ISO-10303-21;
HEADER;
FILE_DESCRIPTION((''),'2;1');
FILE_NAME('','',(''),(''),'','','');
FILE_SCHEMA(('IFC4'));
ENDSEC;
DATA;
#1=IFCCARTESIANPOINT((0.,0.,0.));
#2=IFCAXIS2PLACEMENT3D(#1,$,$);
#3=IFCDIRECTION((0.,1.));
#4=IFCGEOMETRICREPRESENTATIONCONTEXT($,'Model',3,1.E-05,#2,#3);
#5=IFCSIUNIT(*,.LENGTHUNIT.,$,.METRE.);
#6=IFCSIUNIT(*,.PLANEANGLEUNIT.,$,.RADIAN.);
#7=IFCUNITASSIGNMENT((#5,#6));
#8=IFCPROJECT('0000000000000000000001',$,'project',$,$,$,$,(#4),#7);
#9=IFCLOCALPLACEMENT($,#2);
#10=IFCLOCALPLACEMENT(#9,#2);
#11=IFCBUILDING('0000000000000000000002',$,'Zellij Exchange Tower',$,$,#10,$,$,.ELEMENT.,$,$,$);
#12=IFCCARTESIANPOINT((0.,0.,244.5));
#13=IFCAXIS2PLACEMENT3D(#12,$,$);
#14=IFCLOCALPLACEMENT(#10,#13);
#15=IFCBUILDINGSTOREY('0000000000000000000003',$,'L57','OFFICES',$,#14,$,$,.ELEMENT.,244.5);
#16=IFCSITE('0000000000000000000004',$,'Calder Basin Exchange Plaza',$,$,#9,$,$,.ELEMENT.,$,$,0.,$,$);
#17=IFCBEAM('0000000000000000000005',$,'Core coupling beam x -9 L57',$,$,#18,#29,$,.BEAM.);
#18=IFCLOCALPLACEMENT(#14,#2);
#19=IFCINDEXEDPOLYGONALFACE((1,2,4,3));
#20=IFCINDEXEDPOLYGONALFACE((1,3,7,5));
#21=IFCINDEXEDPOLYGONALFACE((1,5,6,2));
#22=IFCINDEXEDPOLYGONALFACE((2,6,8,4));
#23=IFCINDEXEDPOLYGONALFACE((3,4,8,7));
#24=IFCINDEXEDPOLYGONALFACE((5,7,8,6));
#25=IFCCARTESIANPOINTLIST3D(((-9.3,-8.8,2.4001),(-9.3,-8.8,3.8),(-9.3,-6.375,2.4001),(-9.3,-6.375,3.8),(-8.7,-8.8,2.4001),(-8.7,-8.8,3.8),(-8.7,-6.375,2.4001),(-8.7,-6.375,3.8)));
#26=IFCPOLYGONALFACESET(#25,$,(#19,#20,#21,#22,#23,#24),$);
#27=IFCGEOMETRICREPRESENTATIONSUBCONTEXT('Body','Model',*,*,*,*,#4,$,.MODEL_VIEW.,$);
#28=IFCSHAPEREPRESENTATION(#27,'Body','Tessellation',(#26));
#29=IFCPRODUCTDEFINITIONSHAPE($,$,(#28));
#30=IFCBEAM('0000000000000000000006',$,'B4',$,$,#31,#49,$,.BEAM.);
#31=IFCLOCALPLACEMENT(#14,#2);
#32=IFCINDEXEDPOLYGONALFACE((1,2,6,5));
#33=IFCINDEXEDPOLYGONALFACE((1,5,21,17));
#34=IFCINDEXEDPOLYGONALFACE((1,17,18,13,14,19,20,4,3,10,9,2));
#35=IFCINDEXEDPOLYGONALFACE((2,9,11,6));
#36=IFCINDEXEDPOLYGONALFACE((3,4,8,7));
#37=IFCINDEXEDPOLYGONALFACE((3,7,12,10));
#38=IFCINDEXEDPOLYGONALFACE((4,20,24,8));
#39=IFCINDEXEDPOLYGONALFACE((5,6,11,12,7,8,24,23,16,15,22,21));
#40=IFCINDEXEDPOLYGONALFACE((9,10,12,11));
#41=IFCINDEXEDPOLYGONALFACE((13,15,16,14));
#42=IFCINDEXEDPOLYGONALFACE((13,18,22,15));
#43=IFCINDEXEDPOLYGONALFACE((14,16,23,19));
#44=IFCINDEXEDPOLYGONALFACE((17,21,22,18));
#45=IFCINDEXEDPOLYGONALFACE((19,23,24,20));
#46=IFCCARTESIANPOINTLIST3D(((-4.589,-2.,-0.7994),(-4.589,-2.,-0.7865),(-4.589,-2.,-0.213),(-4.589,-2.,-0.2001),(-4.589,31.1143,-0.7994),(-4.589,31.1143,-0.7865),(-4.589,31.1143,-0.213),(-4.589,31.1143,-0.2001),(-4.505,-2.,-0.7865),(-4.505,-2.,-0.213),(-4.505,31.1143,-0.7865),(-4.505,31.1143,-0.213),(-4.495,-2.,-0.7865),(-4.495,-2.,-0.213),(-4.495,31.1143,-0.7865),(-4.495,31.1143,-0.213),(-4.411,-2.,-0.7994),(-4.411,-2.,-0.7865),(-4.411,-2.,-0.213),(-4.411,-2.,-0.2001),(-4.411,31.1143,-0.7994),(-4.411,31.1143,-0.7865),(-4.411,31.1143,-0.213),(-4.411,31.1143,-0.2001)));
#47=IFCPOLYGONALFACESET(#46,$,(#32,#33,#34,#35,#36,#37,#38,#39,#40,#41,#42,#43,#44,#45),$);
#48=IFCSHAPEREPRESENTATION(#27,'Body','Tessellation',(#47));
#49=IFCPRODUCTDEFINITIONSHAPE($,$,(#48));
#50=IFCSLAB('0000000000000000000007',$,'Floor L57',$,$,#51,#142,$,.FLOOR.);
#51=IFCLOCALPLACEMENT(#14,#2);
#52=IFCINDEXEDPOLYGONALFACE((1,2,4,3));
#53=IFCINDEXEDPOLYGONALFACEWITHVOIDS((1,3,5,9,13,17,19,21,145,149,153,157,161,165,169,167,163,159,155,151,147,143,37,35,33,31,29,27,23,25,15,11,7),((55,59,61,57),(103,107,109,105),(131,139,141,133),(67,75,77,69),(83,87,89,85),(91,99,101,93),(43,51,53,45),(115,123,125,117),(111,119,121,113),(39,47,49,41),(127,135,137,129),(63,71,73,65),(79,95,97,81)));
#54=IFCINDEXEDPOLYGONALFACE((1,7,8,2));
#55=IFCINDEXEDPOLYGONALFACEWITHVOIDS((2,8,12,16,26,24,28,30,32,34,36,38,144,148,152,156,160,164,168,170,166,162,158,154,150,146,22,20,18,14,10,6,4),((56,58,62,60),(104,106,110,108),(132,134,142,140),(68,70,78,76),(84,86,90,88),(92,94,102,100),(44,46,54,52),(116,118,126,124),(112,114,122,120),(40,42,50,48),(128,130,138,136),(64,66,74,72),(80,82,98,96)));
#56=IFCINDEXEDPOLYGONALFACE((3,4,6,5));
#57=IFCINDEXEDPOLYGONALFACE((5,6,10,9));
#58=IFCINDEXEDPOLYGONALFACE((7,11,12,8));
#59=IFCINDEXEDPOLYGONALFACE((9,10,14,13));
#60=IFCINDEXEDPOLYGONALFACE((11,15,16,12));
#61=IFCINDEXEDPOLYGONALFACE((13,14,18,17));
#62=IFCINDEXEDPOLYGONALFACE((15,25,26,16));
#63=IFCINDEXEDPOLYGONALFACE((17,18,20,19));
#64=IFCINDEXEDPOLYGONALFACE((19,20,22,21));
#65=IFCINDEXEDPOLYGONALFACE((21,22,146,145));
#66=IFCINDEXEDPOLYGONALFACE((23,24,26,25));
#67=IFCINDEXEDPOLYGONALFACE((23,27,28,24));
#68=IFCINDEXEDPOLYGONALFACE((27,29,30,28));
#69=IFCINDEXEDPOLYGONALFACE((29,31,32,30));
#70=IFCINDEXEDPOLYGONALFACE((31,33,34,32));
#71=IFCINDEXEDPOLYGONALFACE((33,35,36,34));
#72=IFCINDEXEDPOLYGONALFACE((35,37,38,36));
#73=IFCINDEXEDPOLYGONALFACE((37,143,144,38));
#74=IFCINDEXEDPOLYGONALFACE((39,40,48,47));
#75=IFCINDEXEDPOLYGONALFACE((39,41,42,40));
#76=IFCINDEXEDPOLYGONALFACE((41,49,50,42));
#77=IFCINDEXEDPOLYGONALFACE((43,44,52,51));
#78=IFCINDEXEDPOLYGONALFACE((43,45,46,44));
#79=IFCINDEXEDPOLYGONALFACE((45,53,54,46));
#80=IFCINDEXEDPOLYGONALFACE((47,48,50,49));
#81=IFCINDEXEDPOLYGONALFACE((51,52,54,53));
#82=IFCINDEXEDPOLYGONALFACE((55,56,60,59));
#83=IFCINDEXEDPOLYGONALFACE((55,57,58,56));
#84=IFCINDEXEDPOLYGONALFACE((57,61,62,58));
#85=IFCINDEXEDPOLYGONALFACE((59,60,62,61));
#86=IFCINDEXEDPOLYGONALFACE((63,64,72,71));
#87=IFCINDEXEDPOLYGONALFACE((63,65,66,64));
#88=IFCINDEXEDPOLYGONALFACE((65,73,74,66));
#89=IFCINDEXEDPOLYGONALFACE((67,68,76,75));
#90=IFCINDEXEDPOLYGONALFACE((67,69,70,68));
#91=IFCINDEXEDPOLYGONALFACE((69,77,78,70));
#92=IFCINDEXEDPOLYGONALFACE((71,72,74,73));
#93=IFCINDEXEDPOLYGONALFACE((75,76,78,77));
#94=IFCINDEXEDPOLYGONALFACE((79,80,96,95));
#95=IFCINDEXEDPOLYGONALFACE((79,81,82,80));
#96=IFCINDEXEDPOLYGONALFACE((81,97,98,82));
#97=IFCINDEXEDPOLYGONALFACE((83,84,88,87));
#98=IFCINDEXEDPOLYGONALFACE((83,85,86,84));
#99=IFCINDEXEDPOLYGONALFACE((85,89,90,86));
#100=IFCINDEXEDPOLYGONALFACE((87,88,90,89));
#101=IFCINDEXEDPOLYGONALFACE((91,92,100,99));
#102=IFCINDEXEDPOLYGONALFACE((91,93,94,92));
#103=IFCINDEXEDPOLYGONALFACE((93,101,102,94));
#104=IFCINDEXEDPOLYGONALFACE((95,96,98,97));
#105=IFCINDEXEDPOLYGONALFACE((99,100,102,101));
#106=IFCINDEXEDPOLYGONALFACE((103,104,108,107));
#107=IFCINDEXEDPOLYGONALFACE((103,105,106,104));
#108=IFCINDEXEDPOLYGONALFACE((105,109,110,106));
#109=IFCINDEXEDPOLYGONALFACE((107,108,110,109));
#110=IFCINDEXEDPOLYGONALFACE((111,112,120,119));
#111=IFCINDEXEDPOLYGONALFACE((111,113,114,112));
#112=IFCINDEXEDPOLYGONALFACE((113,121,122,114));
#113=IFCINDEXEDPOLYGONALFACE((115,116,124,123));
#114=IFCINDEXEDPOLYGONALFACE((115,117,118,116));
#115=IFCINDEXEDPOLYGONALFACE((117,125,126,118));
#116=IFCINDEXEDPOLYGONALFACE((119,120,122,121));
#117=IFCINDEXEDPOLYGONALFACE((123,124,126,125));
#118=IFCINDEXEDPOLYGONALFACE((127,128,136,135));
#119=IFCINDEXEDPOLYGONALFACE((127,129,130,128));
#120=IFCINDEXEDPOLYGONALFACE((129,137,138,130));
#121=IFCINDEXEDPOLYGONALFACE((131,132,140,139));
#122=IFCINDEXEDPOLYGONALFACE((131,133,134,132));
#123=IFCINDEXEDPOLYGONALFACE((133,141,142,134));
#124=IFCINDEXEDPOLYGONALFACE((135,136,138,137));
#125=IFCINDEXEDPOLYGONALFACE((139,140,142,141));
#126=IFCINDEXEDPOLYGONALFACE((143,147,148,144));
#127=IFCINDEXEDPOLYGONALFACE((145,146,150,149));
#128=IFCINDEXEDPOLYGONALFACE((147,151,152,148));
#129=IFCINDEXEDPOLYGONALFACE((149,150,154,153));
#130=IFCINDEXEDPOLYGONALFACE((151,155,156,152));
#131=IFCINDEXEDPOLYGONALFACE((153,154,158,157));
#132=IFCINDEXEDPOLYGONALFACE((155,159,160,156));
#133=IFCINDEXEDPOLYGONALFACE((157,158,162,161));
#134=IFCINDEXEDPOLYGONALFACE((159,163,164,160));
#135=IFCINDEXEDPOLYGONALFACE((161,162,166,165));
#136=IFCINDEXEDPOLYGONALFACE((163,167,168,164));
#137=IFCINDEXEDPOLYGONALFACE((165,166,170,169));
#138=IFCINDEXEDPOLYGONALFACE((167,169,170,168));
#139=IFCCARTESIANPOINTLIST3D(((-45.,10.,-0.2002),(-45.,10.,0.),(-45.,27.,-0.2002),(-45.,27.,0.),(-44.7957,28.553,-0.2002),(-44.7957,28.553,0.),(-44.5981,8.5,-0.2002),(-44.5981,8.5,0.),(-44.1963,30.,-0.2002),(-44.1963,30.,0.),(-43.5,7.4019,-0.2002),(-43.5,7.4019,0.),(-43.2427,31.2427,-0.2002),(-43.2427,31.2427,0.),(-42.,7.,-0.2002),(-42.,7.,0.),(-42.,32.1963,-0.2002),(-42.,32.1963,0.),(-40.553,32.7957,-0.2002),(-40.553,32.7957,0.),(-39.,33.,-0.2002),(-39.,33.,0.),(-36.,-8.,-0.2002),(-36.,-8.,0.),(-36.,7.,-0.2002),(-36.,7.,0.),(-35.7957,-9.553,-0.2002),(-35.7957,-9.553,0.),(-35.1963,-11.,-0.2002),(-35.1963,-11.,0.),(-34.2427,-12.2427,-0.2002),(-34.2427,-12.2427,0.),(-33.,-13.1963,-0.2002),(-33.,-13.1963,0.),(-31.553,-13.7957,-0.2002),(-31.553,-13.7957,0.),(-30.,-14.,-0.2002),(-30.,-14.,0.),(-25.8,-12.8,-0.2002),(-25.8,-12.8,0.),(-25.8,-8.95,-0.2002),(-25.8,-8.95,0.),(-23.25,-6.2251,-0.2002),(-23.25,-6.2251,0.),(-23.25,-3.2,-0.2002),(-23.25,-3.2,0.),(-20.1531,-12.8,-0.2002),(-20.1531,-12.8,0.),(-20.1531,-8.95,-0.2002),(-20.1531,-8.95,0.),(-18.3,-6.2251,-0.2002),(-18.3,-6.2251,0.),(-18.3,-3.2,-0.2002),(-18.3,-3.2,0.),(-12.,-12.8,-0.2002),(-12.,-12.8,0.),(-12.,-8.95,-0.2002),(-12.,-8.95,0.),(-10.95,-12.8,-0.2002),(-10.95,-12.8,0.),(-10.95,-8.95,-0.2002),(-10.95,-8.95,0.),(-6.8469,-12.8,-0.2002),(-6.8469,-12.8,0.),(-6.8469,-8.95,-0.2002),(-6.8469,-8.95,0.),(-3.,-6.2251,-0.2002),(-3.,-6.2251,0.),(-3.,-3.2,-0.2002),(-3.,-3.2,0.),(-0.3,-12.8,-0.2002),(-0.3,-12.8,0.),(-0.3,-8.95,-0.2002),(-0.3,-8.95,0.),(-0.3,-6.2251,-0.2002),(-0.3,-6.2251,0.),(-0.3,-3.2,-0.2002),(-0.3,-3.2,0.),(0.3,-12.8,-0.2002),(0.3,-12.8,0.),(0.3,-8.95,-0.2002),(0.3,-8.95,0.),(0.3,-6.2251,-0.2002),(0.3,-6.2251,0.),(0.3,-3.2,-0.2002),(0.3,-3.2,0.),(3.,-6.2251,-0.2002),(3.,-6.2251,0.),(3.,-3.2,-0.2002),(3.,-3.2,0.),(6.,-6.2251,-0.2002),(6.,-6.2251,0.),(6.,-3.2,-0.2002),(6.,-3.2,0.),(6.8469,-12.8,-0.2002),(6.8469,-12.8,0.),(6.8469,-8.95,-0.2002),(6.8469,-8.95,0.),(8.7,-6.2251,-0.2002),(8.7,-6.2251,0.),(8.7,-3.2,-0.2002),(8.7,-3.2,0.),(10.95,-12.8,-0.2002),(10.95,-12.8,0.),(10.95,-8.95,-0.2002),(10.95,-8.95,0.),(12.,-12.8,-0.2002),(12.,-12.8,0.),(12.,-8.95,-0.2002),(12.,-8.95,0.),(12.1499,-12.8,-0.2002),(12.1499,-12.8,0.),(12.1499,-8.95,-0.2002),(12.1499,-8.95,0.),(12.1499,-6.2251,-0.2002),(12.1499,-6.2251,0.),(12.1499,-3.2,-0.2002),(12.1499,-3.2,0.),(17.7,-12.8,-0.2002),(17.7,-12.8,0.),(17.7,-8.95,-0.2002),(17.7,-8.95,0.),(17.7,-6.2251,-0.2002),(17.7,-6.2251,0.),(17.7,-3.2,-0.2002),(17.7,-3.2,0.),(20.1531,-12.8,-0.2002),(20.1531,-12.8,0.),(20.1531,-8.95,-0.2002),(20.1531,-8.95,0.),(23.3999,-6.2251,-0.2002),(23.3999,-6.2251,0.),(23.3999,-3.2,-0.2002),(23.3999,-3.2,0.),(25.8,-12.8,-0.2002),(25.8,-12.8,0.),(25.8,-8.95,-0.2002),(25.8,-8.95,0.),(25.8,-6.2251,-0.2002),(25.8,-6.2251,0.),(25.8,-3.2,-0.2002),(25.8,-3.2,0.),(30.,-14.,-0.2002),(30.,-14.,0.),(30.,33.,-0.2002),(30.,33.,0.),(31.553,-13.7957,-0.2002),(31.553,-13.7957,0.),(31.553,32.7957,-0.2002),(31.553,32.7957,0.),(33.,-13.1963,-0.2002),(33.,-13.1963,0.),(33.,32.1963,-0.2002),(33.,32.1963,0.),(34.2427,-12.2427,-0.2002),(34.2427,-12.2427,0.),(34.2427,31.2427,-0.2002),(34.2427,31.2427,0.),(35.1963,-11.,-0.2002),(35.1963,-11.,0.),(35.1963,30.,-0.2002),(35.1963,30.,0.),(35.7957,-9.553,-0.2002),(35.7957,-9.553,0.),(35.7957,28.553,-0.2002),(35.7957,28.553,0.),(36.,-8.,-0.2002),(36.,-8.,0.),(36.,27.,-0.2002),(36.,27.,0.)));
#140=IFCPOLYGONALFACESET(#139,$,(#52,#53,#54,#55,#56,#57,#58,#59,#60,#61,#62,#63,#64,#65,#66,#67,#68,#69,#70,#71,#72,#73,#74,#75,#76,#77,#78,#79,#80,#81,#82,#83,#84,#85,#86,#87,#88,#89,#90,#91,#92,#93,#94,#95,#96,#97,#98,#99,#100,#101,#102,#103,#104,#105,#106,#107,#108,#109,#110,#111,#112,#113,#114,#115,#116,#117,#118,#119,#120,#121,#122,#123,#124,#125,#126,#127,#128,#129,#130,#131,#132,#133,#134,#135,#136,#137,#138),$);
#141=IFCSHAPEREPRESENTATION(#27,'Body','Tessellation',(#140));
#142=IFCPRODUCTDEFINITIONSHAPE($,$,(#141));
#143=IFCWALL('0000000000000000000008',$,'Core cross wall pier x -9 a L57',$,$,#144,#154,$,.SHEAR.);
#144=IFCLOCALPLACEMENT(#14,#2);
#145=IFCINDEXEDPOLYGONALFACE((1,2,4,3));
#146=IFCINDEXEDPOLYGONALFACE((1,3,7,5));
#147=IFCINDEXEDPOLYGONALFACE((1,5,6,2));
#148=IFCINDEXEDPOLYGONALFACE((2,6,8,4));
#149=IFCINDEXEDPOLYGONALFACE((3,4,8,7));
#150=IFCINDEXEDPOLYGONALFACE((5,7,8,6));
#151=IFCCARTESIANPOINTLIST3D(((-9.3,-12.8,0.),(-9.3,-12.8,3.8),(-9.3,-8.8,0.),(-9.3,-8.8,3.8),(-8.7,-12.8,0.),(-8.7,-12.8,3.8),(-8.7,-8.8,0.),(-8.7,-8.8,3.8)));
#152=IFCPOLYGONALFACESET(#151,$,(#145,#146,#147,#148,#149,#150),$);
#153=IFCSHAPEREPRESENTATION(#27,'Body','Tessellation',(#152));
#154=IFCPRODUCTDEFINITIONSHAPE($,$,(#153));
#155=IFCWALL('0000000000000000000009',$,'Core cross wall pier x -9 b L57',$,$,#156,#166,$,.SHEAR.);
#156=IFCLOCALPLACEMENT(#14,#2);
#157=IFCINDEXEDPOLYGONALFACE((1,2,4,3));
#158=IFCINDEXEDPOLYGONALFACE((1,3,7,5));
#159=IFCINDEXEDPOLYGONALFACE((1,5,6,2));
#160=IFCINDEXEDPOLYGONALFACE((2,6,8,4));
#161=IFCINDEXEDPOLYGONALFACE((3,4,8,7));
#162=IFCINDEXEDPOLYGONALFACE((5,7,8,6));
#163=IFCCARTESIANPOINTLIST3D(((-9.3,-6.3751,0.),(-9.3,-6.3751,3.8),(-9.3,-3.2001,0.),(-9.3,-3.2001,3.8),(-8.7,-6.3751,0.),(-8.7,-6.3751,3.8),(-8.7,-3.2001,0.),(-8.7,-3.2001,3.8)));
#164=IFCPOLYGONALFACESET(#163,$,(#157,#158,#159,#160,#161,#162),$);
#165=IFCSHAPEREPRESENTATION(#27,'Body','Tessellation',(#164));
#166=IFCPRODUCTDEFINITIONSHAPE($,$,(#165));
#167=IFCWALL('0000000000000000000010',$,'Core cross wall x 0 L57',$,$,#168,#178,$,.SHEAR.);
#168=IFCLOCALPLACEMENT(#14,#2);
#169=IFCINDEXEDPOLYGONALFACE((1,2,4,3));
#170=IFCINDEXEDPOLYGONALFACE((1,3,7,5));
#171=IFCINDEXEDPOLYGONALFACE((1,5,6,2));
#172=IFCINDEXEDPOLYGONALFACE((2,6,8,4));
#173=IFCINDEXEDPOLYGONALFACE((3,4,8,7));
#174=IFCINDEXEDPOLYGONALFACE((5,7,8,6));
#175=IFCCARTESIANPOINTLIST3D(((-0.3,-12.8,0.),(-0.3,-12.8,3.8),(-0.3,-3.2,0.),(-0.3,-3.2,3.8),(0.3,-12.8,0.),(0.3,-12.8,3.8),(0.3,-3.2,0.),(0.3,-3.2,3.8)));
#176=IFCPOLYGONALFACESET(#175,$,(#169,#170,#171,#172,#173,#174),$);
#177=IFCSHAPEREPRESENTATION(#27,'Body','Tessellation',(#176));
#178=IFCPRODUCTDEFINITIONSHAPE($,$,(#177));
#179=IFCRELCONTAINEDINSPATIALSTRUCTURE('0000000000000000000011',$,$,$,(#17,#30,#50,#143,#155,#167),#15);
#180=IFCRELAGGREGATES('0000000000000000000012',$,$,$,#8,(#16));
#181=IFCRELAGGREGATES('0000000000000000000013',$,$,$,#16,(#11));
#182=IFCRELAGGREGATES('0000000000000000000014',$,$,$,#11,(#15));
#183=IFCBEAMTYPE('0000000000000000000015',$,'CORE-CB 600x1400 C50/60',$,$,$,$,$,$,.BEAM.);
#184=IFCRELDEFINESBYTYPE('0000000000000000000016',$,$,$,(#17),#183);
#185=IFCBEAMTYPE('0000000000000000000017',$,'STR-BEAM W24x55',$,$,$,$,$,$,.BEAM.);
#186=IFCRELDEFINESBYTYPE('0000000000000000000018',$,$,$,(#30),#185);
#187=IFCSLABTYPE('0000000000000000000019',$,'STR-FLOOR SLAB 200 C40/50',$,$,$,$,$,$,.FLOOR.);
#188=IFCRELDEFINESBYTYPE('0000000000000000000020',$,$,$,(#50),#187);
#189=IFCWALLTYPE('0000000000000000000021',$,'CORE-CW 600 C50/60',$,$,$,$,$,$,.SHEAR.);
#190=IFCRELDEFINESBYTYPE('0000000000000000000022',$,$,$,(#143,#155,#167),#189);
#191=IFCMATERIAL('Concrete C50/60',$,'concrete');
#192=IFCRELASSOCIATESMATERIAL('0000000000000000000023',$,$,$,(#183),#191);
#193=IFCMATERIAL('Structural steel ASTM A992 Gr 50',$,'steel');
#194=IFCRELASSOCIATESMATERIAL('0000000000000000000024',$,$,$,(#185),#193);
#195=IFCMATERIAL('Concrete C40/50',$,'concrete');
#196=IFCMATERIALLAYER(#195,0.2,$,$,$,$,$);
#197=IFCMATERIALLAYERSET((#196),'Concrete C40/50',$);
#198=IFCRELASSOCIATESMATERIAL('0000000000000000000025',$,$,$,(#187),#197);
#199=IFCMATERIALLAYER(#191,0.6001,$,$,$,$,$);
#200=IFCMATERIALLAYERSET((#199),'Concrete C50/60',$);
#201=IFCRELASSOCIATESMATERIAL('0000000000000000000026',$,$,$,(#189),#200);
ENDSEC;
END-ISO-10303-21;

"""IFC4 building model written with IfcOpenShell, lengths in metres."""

from ifc_helpers import new_model, si_unit, direction, frame, frame_2d, origin, origin_2d, place, context, subcontext, project, spatial, polyline, rectangle, i_section, outline, extrude, material, layer, layer_set, material_profile, profile_set, type_object, element, save


model = new_model("IFC4")

# Units and contexts
model_context = context("Model", 3, precision=1e-05, world=origin(), true_north=direction((0.0, 1.0)))
body_context = subcontext(model_context, "Body", "Model", "MODEL_VIEW")
ifc_project = project(units=[si_unit("LENGTHUNIT", "METRE"), si_unit("PLANEANGLEUNIT", "RADIAN")], contexts=[model_context])

# Site, building, storey
site_placement = place(None, origin())
site = spatial("IfcSite", under=ifc_project, at=site_placement, Name="Calder Basin Exchange Plaza", CompositionType="ELEMENT", RefElevation=0.0)
building_placement = place(site_placement, origin())
building = spatial("IfcBuilding", under=site, at=building_placement, Name="Zellij Exchange Tower", CompositionType="ELEMENT")
storey_placement = place(building_placement, frame((0.0, 0.0, 244.5)))
storey = spatial("IfcBuildingStorey", under=building, at=storey_placement, Name="L57", Description="OFFICES", CompositionType="ELEMENT", Elevation=244.5)

# Beams
ifc_material_1 = material(Name="Concrete C50/60", Category="concrete")
ifc_material_profile_1 = material_profile(ifc_material_1, rectangle(XDim=0.6001, YDim=1.3999, at=origin_2d()), Name="CORE-CB 600x1400 C50/60")
ifc_profile_set_1 = profile_set([ifc_material_profile_1], Name="Concrete C50/60")
beam_type_1 = type_object("IfcBeamType", Name="CORE-CB 600x1400 C50/60", PredefinedType="BEAM", material=ifc_profile_set_1)
beam_1_placement = place(storey_placement, frame((-9.0, -8.8, 3.1001), z_axis=(0.0, 1.0, 0.0), x_axis=(-1.0, 0.0, 0.0)))
element("IfcBeam", 1, at=beam_1_placement, inside=storey, type_object=beam_type_1, Name="Core coupling beam x -9 L57", PredefinedType="BEAM", context=body_context, shape_type="SweptSolid", body=[
    extrude(rectangle(XDim=0.6001, YDim=1.3999, at=origin_2d()), origin(), (0.0, 0.0, 1.0), 2.425),
])
ifc_material_2 = material(Name="Structural steel ASTM A992 Gr 50", Category="steel")
ifc_material_profile_2 = material_profile(ifc_material_2, i_section(OverallWidth=0.178, OverallDepth=0.5994, WebThickness=0.01, FlangeThickness=0.0129, at=origin_2d()), Name="W24x55")
ifc_profile_set_2 = profile_set([ifc_material_profile_2], Name="Structural steel ASTM A992 Gr 50")
beam_type_2 = type_object("IfcBeamType", Name="STR-BEAM W24x55", PredefinedType="BEAM", material=ifc_profile_set_2)
beam_2_placement = place(storey_placement, frame((-4.5, -2.0, -0.4998), z_axis=(0.0, 1.0, 0.0), x_axis=(-1.0, 0.0, 0.0)))
element("IfcBeam", 2, at=beam_2_placement, inside=storey, type_object=beam_type_2, Name="B4", PredefinedType="BEAM", context=body_context, shape_type="SweptSolid", body=[
    extrude(i_section(OverallWidth=0.178, OverallDepth=0.5994, WebThickness=0.01, FlangeThickness=0.0129, at=origin_2d()), origin(), (0.0, 0.0, 1.0), 33.1143),
])

# Slab
ifc_material_3 = material(Name="Concrete C40/50", Category="concrete")
ifc_layer_1 = layer(ifc_material_3, 0.2)
ifc_layer_set_1 = layer_set([ifc_layer_1], Name="Concrete C40/50")
slab_type = type_object("IfcSlabType", Name="STR-FLOOR SLAB 200 C40/50", PredefinedType="FLOOR", material=ifc_layer_set_1)
slab_placement = place(storey_placement, frame((0.0, 0.0, -0.2002)))
element("IfcSlab", 3, at=slab_placement, inside=storey, type_object=slab_type, Name="Floor L57", PredefinedType="FLOOR", context=body_context, shape_type="SweptSolid", body=[
    extrude(outline(polyline([(31.553, 32.7957), (33.0, 32.1963), (34.2427, 31.2427), (35.1963, 30.0), (35.7957, 28.553), (36.0, 27.0), (36.0, -8.0), (35.7957, -9.553), (35.1963, -11.0), (34.2427, -12.2427), (33.0, -13.1963), (31.553, -13.7957), (30.0, -14.0), (-30.0, -14.0), (-31.553, -13.7957), (-33.0, -13.1963), (-34.2427, -12.2427), (-35.1963, -11.0), (-35.7957, -9.553), (-36.0, -8.0), (-36.0, 7.0), (-42.0, 7.0), (-43.5, 7.4019), (-44.5981, 8.5), (-45.0, 10.0), (-45.0, 27.0), (-44.7957, 28.553), (-44.1963, 30.0), (-43.2427, 31.2427), (-42.0, 32.1963), (-40.553, 32.7957), (-39.0, 33.0), (30.0, 33.0), (31.553, 32.7957)]), holes=[polyline([(-25.8, -8.95), (-25.8, -12.8), (-20.1531, -12.8), (-20.1531, -8.95), (-25.8, -8.95)]), polyline([(-10.95, -8.95), (-12.0, -8.95), (-12.0, -12.8), (-10.95, -12.8), (-10.95, -8.95)]), polyline([(-0.3, -8.95), (-6.8469, -8.95), (-6.8469, -12.8), (-0.3, -12.8), (-0.3, -8.95)]), polyline([(0.3, -8.95), (0.3, -12.8), (6.8469, -12.8), (6.8469, -8.95), (0.3, -8.95)]), polyline([(-18.3, -3.2), (-23.25, -3.2), (-23.25, -6.2251), (-18.3, -6.2251), (-18.3, -3.2)]), polyline([(-0.3, -3.2), (-3.0, -3.2), (-3.0, -6.2251), (-0.3, -6.2251), (-0.3, -3.2)]), polyline([(0.3, -3.2), (0.3, -6.2251), (3.0, -6.2251), (3.0, -3.2), (0.3, -3.2)]), polyline([(12.0, -8.95), (10.95, -8.95), (10.95, -12.8), (12.0, -12.8), (12.0, -8.95)]), polyline([(17.7, -8.95), (12.1499, -8.95), (12.1499, -12.8), (17.7, -12.8), (17.7, -8.95)]), polyline([(25.8, -8.95), (20.1531, -8.95), (20.1531, -12.8), (25.8, -12.8), (25.8, -8.95)]), polyline([(8.7, -3.2), (6.0, -3.2), (6.0, -6.2251), (8.7, -6.2251), (8.7, -3.2)]), polyline([(17.7, -3.2), (12.1499, -3.2), (12.1499, -6.2251), (17.7, -6.2251), (17.7, -3.2)]), polyline([(25.8, -3.2), (23.3999, -3.2), (23.3999, -6.2251), (25.8, -6.2251), (25.8, -3.2)])]), origin(), (0.0, 0.0, 1.0), 0.2002),
])

# Walls
ifc_layer_2 = layer(ifc_material_1, 0.6001)
ifc_layer_set_2 = layer_set([ifc_layer_2], Name="Concrete C50/60")
wall_type_1 = type_object("IfcWallType", Name="CORE-CW 600 C50/60", PredefinedType="SHEAR", material=ifc_layer_set_2)
wall_1_placement = place(storey_placement, frame((-9.0, -12.8, 0.0), z_axis=(0.0, 0.0, 1.0), x_axis=(0.0, 1.0, 0.0)))
element("IfcWall", 4, at=wall_1_placement, inside=storey, type_object=wall_type_1, Name="Core cross wall pier x -9 a L57", PredefinedType="SHEAR", context=body_context, shape_type="SweptSolid", body=[
    extrude(rectangle(XDim=4.0, YDim=0.6001, at=frame_2d((2.0, 0.0))), origin(), (0.0, 0.0, 1.0), 3.8),
])
wall_2_placement = place(storey_placement, frame((-9.0, -6.375, 0.0), z_axis=(0.0, 0.0, 1.0), x_axis=(0.0, 1.0, 0.0)))
element("IfcWall", 5, at=wall_2_placement, inside=storey, type_object=wall_type_1, Name="Core cross wall pier x -9 b L57", PredefinedType="SHEAR", context=body_context, shape_type="SweptSolid", body=[
    extrude(rectangle(XDim=3.175, YDim=0.6001, at=frame_2d((1.5874, 0.0))), origin(), (0.0, 0.0, 1.0), 3.8),
])
wall_3_placement = place(storey_placement, frame((0.0, -12.8, 0.0), z_axis=(0.0, 0.0, 1.0), x_axis=(0.0, 1.0, 0.0)))
element("IfcWall", 6, at=wall_3_placement, inside=storey, type_object=wall_type_1, Name="Core cross wall x 0 L57", PredefinedType="SHEAR", context=body_context, shape_type="SweptSolid", body=[
    extrude(rectangle(XDim=9.6001, YDim=0.6001, at=frame_2d((4.8, 0.0))), origin(), (0.0, 0.0, 1.0), 3.8),
])

save(model, "model.ifc")
